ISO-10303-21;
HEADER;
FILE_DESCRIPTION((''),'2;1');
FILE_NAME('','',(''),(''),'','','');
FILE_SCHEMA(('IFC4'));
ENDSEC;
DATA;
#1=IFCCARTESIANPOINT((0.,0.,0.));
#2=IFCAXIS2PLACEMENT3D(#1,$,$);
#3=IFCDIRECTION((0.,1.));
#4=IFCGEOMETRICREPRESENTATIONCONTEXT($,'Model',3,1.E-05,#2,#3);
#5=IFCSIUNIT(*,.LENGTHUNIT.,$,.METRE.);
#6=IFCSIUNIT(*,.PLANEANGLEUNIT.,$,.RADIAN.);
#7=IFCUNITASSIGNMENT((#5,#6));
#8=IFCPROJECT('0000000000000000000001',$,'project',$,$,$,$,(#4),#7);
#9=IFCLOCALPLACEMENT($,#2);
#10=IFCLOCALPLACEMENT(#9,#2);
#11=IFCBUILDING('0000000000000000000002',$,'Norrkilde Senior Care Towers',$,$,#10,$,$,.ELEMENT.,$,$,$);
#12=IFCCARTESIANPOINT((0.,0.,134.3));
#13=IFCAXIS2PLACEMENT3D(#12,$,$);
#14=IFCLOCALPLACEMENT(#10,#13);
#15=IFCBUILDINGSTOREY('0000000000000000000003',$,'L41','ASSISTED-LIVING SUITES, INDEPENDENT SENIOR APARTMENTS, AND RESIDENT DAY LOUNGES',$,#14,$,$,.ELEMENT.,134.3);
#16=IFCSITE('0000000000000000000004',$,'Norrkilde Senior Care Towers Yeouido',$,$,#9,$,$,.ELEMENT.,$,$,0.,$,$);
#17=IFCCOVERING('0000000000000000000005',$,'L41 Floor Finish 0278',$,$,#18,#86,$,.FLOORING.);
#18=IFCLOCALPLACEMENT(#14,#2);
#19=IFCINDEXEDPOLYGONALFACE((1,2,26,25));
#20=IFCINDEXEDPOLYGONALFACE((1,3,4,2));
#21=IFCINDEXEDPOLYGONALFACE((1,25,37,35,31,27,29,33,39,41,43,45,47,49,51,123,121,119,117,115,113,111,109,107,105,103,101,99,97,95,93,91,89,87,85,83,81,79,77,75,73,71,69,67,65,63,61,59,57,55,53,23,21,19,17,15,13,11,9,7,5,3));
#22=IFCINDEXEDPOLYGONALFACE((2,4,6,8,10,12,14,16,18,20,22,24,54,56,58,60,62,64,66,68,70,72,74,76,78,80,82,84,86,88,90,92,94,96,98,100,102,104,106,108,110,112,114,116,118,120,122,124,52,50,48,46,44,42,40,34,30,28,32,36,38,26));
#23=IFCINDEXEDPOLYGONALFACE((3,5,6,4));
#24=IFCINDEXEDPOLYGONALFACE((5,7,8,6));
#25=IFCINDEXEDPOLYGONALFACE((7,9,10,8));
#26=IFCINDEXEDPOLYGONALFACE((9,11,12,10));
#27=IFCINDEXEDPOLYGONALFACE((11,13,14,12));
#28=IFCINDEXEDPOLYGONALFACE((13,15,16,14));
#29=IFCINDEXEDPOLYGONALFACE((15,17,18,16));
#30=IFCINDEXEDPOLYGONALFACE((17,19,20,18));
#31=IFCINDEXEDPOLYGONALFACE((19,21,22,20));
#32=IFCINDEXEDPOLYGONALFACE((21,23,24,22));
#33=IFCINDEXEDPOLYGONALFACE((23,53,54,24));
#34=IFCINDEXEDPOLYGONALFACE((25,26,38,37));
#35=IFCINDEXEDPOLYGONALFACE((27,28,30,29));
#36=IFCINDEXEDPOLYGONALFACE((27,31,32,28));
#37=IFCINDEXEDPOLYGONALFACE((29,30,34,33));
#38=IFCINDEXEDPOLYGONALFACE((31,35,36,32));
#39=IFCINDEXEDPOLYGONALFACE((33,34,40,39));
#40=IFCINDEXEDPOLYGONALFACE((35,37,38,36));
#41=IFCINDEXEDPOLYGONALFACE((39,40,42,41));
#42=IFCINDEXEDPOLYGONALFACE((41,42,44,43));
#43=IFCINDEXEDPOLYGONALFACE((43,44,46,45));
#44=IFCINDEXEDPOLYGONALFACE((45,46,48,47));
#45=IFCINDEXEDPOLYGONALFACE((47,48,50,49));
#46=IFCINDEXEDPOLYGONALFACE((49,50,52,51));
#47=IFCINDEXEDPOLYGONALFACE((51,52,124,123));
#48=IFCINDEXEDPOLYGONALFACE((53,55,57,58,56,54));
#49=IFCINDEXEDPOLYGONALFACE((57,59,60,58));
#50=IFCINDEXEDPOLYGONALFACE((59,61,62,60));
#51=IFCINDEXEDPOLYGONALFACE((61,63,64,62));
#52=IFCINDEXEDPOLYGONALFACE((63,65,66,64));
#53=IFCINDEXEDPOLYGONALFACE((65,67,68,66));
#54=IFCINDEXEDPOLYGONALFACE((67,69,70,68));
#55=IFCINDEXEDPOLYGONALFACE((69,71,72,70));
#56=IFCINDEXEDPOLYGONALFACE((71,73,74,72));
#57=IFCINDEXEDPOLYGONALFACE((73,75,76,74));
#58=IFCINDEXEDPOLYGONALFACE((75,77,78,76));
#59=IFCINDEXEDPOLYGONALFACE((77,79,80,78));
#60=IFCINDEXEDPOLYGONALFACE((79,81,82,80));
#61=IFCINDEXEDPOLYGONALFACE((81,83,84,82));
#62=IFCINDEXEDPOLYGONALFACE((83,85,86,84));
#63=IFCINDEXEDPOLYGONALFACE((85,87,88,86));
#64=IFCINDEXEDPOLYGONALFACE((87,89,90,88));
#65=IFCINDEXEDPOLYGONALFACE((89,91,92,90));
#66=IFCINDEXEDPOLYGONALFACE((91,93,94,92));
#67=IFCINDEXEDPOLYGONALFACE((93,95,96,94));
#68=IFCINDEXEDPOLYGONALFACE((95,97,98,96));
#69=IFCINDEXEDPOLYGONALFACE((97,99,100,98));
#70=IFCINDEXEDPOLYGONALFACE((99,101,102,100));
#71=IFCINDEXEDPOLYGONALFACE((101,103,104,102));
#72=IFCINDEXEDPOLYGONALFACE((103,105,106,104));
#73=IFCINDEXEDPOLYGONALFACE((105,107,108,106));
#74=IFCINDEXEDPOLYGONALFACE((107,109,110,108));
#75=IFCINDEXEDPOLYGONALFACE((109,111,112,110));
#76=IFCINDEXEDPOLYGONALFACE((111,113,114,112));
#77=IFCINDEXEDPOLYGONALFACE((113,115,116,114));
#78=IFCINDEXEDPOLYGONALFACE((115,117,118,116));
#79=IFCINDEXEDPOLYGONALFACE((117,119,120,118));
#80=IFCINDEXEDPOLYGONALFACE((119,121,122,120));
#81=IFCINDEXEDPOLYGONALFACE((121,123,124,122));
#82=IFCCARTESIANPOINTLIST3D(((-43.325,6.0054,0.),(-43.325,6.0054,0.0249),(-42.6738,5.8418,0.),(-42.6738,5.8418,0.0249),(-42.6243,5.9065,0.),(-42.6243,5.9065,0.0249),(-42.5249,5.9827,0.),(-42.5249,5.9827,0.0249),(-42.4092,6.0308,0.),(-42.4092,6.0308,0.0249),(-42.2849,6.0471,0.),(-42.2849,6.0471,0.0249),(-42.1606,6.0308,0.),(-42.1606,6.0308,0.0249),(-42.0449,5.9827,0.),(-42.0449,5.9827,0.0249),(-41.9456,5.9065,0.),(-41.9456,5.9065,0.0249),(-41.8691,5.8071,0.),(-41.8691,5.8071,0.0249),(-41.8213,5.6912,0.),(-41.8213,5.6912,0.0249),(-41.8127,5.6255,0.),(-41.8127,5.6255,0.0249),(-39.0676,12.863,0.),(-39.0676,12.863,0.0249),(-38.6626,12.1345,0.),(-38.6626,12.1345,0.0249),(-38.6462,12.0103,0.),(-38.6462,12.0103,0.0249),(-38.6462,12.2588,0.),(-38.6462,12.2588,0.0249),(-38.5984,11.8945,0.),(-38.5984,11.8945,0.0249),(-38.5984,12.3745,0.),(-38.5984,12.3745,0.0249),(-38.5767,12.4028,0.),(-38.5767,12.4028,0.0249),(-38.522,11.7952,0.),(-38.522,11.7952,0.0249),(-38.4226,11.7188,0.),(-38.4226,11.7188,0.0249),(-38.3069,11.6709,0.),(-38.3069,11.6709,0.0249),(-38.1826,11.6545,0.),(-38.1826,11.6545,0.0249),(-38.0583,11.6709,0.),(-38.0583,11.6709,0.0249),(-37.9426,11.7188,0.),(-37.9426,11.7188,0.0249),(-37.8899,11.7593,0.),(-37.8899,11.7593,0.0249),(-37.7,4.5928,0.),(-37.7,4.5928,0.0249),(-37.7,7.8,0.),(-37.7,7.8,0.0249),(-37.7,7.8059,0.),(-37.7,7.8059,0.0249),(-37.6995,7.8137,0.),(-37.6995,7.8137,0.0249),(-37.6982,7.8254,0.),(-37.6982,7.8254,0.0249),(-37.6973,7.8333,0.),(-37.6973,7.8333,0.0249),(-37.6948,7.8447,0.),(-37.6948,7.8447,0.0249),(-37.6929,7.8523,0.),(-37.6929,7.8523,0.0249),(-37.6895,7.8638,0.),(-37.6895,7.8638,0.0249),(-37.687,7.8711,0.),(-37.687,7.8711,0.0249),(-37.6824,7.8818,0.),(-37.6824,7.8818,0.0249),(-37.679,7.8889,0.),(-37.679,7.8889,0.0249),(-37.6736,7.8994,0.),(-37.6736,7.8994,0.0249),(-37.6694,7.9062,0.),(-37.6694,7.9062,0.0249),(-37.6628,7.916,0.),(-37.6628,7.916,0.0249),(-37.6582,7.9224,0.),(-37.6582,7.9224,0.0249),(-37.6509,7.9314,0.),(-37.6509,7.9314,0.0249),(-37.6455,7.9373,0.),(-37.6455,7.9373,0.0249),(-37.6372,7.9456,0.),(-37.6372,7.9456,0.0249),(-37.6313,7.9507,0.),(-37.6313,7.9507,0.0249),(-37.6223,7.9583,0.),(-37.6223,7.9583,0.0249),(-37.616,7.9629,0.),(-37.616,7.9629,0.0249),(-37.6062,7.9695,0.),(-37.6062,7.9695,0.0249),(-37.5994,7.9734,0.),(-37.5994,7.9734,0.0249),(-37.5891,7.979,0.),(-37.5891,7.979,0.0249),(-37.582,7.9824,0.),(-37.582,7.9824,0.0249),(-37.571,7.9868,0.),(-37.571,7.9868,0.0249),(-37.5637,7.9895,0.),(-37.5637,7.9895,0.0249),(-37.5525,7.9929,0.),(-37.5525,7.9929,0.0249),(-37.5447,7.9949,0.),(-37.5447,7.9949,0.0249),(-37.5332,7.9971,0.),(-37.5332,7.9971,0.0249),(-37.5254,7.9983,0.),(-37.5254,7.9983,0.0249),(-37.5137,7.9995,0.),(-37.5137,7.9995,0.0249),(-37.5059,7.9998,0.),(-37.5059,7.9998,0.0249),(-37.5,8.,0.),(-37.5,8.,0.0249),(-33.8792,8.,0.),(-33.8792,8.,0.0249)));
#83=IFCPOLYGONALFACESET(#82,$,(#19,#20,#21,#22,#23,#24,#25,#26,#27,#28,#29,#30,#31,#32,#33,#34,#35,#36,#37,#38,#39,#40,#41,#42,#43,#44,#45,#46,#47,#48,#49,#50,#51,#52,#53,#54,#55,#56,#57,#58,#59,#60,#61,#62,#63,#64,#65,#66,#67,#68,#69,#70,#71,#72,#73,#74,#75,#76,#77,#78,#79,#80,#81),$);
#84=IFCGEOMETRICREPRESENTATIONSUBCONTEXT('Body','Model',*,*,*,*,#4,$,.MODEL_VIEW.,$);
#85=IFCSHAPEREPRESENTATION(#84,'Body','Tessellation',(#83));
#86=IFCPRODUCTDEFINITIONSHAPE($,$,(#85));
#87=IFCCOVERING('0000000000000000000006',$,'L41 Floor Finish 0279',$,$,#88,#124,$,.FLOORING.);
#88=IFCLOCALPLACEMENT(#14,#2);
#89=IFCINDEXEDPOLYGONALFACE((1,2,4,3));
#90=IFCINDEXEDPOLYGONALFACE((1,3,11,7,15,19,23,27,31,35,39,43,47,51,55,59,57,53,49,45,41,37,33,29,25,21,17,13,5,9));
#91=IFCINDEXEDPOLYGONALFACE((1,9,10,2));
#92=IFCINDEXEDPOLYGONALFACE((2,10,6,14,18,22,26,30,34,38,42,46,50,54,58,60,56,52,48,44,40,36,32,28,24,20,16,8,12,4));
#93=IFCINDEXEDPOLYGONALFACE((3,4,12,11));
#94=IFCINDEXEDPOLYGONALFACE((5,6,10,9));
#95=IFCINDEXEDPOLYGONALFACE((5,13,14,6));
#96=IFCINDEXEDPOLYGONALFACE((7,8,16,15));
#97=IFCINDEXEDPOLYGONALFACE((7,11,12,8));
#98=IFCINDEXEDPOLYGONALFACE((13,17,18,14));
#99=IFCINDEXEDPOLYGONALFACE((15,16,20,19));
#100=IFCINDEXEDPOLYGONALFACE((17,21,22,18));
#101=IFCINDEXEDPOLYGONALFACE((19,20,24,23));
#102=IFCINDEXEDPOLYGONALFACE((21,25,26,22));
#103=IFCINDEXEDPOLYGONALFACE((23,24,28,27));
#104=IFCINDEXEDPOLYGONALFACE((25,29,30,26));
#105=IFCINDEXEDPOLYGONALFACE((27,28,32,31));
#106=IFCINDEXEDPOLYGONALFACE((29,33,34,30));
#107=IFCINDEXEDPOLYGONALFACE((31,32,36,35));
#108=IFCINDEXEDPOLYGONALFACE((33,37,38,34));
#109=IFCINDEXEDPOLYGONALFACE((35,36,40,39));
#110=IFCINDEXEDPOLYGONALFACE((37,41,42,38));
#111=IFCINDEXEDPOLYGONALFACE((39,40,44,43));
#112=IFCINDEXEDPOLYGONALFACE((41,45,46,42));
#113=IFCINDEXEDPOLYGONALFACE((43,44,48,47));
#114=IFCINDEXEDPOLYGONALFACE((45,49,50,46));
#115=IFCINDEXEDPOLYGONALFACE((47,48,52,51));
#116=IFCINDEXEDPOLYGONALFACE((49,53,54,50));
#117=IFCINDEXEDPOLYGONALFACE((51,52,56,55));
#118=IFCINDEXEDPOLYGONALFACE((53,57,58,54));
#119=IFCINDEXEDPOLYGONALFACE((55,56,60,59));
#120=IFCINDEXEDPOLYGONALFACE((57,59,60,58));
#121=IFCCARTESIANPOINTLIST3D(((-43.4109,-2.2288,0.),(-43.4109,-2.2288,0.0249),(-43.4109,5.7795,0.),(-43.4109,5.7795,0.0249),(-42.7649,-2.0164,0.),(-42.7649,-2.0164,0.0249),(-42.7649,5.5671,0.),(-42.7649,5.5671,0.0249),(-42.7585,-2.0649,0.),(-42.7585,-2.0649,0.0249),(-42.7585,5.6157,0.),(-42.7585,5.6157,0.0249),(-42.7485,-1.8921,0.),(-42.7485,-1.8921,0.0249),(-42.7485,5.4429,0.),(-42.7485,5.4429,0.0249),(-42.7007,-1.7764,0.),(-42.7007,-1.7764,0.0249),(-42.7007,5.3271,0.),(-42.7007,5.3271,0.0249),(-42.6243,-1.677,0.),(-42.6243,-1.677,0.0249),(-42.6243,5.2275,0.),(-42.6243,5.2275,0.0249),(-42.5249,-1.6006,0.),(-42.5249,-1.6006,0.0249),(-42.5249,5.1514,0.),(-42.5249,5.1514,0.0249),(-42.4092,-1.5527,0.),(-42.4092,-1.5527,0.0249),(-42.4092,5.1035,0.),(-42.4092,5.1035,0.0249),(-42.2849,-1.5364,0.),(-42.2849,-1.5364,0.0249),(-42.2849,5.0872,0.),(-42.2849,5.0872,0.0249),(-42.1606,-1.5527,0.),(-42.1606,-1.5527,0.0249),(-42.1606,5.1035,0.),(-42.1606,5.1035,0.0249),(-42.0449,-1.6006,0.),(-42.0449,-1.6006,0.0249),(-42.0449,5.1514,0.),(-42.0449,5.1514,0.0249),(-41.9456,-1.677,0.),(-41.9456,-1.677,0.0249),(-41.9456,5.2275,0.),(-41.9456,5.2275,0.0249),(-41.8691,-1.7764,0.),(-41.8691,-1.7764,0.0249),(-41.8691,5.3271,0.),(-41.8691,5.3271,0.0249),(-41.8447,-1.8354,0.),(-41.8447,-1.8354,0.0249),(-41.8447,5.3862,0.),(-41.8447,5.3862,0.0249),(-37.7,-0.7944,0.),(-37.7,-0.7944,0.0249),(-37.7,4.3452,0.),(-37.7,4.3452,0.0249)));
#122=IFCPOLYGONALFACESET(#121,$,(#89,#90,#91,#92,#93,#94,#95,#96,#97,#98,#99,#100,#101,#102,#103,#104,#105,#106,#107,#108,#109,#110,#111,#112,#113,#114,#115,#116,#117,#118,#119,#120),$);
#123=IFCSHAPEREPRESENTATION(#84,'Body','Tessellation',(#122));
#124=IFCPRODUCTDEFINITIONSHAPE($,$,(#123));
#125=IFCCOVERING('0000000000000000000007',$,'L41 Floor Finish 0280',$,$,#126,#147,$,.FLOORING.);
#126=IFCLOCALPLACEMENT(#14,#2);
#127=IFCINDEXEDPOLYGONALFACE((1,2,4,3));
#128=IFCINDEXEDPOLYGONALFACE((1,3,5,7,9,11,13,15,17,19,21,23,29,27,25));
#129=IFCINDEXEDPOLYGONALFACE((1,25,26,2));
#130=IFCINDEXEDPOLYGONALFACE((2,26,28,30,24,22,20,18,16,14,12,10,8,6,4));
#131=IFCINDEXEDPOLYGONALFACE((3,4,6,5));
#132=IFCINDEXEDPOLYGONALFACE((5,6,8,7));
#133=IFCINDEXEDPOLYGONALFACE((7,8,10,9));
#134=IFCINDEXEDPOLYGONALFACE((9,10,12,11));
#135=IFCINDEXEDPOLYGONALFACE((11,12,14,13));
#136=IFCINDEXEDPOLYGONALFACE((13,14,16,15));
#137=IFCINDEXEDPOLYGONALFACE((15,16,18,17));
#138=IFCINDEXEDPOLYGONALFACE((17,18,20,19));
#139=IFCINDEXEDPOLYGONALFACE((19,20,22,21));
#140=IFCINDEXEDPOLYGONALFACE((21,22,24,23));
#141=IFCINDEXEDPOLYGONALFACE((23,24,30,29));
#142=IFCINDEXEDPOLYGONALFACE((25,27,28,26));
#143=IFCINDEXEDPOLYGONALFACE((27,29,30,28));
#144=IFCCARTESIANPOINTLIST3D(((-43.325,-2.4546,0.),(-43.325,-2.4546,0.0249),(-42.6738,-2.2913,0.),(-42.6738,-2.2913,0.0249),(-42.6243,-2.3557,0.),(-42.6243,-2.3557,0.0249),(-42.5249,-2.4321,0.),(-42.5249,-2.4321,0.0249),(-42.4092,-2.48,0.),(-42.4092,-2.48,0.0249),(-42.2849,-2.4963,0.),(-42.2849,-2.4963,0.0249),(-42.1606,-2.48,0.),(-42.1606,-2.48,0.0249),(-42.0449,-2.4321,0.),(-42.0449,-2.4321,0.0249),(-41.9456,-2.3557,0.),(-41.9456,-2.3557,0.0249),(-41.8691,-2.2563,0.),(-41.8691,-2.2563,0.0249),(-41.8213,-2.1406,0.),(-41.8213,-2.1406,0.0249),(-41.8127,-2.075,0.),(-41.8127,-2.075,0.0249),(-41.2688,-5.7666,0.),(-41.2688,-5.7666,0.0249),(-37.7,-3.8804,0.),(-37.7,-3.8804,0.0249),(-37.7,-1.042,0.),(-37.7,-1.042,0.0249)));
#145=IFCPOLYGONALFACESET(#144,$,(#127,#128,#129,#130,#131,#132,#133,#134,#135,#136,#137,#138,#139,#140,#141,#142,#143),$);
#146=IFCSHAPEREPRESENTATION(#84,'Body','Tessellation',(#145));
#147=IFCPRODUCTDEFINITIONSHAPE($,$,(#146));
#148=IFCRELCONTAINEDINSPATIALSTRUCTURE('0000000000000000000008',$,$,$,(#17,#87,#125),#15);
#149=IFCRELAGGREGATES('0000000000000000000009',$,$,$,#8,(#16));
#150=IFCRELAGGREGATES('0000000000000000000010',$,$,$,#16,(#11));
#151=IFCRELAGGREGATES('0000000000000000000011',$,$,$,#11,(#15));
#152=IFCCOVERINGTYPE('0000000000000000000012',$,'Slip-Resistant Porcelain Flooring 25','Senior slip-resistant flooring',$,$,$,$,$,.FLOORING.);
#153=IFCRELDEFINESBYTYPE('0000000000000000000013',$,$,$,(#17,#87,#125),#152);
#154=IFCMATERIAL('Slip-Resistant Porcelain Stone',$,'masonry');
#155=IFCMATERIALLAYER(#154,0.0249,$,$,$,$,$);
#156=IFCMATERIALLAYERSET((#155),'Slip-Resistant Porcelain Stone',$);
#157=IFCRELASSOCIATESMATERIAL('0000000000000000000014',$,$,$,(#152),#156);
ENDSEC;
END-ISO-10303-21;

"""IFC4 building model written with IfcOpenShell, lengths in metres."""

from ifc_helpers import new_model, si_unit, direction, frame, origin, place, context, subcontext, project, spatial, polyline, outline, extrude, material, layer, layer_set, type_object, element, save


model = new_model("IFC4")

# Units and contexts
model_context = context("Model", 3, precision=1e-05, world=origin(), true_north=direction((0.0, 1.0)))
body_context = subcontext(model_context, "Body", "Model", "MODEL_VIEW")
ifc_project = project(units=[si_unit("LENGTHUNIT", "METRE"), si_unit("PLANEANGLEUNIT", "RADIAN")], contexts=[model_context])

# Site, building, storey
site_placement = place(None, origin())
site = spatial("IfcSite", under=ifc_project, at=site_placement, Name="Norrkilde Senior Care Towers Yeouido", CompositionType="ELEMENT", RefElevation=0.0)
building_placement = place(site_placement, origin())
building = spatial("IfcBuilding", under=site, at=building_placement, Name="Norrkilde Senior Care Towers", CompositionType="ELEMENT")
storey_placement = place(building_placement, frame((0.0, 0.0, 134.3)))
storey = spatial("IfcBuildingStorey", under=building, at=storey_placement, Name="L41", Description="ASSISTED-LIVING SUITES, INDEPENDENT SENIOR APARTMENTS, AND RESIDENT DAY LOUNGES", CompositionType="ELEMENT", Elevation=134.3)

# Coverings
ifc_material_1 = material(Name="Slip-Resistant Porcelain Stone", Category="masonry")
ifc_layer_1 = layer(ifc_material_1, 0.0249)
ifc_layer_set_1 = layer_set([ifc_layer_1], Name="Slip-Resistant Porcelain Stone")
covering_type_1 = type_object("IfcCoveringType", Name="Slip-Resistant Porcelain Flooring 25", Description="Senior slip-resistant flooring", PredefinedType="FLOORING", material=ifc_layer_set_1)
covering_1_placement = place(storey_placement, origin())
element("IfcCovering", 1, at=covering_1_placement, inside=storey, type_object=covering_type_1, Name="L41 Floor Finish 0278", PredefinedType="FLOORING", context=body_context, shape_type="SweptSolid", body=[
    extrude(outline(polyline([(-37.5332, 7.9971), (-37.5447, 7.9949), (-37.5525, 7.9929), (-37.5637, 7.9895), (-37.571, 7.9868), (-37.582, 7.9824), (-37.5891, 7.979), (-37.5994, 7.9734), (-37.6062, 7.9695), (-37.616, 7.9629), (-37.6223, 7.9583), (-37.6313, 7.9507), (-37.6372, 7.9456), (-37.6455, 7.9373), (-37.6509, 7.9314), (-37.6582, 7.9224), (-37.6628, 7.916), (-37.6694, 7.9062), (-37.6736, 7.8994), (-37.679, 7.8889), (-37.6824, 7.8818), (-37.687, 7.8711), (-37.6895, 7.8638), (-37.6929, 7.8523), (-37.6948, 7.8447), (-37.6973, 7.8333), (-37.6982, 7.8254), (-37.6995, 7.8137), (-37.7, 7.8059), (-37.7, 7.8), (-37.7, 4.5928), (-41.8127, 5.6255), (-41.8213, 5.6912), (-41.8691, 5.8071), (-41.9456, 5.9065), (-42.0449, 5.9827), (-42.1606, 6.0308), (-42.2849, 6.0471), (-42.4092, 6.0308), (-42.5249, 5.9827), (-42.6243, 5.9065), (-42.6738, 5.8418), (-43.325, 6.0054), (-39.0676, 12.863), (-38.5767, 12.4028), (-38.5984, 12.3745), (-38.6462, 12.2588), (-38.6626, 12.1345), (-38.6462, 12.0103), (-38.5984, 11.8945), (-38.522, 11.7952), (-38.4226, 11.7188), (-38.3069, 11.6709), (-38.1826, 11.6545), (-38.0583, 11.6709), (-37.9426, 11.7188), (-37.8899, 11.7593), (-33.8792, 8.0), (-37.5, 8.0), (-37.5059, 7.9998), (-37.5137, 7.9995), (-37.5254, 7.9983), (-37.5332, 7.9971)])), origin(), (0.0, 0.0, 1.0), 0.0249),
])
covering_2_placement = place(storey_placement, origin())
element("IfcCovering", 2, at=covering_2_placement, inside=storey, type_object=covering_type_1, Name="L41 Floor Finish 0279", PredefinedType="FLOORING", context=body_context, shape_type="SweptSolid", body=[
    extrude(outline(polyline([(-42.7649, 5.5671), (-42.7485, 5.4429), (-42.7007, 5.3271), (-42.6243, 5.2275), (-42.5249, 5.1514), (-42.4092, 5.1035), (-42.2849, 5.0872), (-42.1606, 5.1035), (-42.0449, 5.1514), (-41.9456, 5.2275), (-41.8691, 5.3271), (-41.8447, 5.3862), (-37.7, 4.3452), (-37.7, -0.7944), (-41.8447, -1.8354), (-41.8691, -1.7764), (-41.9456, -1.677), (-42.0449, -1.6006), (-42.1606, -1.5527), (-42.2849, -1.5364), (-42.4092, -1.5527), (-42.5249, -1.6006), (-42.6243, -1.677), (-42.7007, -1.7764), (-42.7485, -1.8921), (-42.7649, -2.0164), (-42.7585, -2.0649), (-43.4109, -2.2288), (-43.4109, 5.7795), (-42.7585, 5.6157), (-42.7649, 5.5671)])), origin(), (0.0, 0.0, 1.0), 0.0249),
])
covering_3_placement = place(storey_placement, origin())
element("IfcCovering", 3, at=covering_3_placement, inside=storey, type_object=covering_type_1, Name="L41 Floor Finish 0280", PredefinedType="FLOORING", context=body_context, shape_type="SweptSolid", body=[
    extrude(outline(polyline([(-42.6738, -2.2913), (-42.6243, -2.3557), (-42.5249, -2.4321), (-42.4092, -2.48), (-42.2849, -2.4963), (-42.1606, -2.48), (-42.0449, -2.4321), (-41.9456, -2.3557), (-41.8691, -2.2563), (-41.8213, -2.1406), (-41.8127, -2.075), (-37.7, -1.042), (-37.7, -3.8804), (-41.2688, -5.7666), (-43.325, -2.4546), (-42.6738, -2.2913)])), origin(), (0.0, 0.0, 1.0), 0.0249),
])

save(model, "model.ifc")
